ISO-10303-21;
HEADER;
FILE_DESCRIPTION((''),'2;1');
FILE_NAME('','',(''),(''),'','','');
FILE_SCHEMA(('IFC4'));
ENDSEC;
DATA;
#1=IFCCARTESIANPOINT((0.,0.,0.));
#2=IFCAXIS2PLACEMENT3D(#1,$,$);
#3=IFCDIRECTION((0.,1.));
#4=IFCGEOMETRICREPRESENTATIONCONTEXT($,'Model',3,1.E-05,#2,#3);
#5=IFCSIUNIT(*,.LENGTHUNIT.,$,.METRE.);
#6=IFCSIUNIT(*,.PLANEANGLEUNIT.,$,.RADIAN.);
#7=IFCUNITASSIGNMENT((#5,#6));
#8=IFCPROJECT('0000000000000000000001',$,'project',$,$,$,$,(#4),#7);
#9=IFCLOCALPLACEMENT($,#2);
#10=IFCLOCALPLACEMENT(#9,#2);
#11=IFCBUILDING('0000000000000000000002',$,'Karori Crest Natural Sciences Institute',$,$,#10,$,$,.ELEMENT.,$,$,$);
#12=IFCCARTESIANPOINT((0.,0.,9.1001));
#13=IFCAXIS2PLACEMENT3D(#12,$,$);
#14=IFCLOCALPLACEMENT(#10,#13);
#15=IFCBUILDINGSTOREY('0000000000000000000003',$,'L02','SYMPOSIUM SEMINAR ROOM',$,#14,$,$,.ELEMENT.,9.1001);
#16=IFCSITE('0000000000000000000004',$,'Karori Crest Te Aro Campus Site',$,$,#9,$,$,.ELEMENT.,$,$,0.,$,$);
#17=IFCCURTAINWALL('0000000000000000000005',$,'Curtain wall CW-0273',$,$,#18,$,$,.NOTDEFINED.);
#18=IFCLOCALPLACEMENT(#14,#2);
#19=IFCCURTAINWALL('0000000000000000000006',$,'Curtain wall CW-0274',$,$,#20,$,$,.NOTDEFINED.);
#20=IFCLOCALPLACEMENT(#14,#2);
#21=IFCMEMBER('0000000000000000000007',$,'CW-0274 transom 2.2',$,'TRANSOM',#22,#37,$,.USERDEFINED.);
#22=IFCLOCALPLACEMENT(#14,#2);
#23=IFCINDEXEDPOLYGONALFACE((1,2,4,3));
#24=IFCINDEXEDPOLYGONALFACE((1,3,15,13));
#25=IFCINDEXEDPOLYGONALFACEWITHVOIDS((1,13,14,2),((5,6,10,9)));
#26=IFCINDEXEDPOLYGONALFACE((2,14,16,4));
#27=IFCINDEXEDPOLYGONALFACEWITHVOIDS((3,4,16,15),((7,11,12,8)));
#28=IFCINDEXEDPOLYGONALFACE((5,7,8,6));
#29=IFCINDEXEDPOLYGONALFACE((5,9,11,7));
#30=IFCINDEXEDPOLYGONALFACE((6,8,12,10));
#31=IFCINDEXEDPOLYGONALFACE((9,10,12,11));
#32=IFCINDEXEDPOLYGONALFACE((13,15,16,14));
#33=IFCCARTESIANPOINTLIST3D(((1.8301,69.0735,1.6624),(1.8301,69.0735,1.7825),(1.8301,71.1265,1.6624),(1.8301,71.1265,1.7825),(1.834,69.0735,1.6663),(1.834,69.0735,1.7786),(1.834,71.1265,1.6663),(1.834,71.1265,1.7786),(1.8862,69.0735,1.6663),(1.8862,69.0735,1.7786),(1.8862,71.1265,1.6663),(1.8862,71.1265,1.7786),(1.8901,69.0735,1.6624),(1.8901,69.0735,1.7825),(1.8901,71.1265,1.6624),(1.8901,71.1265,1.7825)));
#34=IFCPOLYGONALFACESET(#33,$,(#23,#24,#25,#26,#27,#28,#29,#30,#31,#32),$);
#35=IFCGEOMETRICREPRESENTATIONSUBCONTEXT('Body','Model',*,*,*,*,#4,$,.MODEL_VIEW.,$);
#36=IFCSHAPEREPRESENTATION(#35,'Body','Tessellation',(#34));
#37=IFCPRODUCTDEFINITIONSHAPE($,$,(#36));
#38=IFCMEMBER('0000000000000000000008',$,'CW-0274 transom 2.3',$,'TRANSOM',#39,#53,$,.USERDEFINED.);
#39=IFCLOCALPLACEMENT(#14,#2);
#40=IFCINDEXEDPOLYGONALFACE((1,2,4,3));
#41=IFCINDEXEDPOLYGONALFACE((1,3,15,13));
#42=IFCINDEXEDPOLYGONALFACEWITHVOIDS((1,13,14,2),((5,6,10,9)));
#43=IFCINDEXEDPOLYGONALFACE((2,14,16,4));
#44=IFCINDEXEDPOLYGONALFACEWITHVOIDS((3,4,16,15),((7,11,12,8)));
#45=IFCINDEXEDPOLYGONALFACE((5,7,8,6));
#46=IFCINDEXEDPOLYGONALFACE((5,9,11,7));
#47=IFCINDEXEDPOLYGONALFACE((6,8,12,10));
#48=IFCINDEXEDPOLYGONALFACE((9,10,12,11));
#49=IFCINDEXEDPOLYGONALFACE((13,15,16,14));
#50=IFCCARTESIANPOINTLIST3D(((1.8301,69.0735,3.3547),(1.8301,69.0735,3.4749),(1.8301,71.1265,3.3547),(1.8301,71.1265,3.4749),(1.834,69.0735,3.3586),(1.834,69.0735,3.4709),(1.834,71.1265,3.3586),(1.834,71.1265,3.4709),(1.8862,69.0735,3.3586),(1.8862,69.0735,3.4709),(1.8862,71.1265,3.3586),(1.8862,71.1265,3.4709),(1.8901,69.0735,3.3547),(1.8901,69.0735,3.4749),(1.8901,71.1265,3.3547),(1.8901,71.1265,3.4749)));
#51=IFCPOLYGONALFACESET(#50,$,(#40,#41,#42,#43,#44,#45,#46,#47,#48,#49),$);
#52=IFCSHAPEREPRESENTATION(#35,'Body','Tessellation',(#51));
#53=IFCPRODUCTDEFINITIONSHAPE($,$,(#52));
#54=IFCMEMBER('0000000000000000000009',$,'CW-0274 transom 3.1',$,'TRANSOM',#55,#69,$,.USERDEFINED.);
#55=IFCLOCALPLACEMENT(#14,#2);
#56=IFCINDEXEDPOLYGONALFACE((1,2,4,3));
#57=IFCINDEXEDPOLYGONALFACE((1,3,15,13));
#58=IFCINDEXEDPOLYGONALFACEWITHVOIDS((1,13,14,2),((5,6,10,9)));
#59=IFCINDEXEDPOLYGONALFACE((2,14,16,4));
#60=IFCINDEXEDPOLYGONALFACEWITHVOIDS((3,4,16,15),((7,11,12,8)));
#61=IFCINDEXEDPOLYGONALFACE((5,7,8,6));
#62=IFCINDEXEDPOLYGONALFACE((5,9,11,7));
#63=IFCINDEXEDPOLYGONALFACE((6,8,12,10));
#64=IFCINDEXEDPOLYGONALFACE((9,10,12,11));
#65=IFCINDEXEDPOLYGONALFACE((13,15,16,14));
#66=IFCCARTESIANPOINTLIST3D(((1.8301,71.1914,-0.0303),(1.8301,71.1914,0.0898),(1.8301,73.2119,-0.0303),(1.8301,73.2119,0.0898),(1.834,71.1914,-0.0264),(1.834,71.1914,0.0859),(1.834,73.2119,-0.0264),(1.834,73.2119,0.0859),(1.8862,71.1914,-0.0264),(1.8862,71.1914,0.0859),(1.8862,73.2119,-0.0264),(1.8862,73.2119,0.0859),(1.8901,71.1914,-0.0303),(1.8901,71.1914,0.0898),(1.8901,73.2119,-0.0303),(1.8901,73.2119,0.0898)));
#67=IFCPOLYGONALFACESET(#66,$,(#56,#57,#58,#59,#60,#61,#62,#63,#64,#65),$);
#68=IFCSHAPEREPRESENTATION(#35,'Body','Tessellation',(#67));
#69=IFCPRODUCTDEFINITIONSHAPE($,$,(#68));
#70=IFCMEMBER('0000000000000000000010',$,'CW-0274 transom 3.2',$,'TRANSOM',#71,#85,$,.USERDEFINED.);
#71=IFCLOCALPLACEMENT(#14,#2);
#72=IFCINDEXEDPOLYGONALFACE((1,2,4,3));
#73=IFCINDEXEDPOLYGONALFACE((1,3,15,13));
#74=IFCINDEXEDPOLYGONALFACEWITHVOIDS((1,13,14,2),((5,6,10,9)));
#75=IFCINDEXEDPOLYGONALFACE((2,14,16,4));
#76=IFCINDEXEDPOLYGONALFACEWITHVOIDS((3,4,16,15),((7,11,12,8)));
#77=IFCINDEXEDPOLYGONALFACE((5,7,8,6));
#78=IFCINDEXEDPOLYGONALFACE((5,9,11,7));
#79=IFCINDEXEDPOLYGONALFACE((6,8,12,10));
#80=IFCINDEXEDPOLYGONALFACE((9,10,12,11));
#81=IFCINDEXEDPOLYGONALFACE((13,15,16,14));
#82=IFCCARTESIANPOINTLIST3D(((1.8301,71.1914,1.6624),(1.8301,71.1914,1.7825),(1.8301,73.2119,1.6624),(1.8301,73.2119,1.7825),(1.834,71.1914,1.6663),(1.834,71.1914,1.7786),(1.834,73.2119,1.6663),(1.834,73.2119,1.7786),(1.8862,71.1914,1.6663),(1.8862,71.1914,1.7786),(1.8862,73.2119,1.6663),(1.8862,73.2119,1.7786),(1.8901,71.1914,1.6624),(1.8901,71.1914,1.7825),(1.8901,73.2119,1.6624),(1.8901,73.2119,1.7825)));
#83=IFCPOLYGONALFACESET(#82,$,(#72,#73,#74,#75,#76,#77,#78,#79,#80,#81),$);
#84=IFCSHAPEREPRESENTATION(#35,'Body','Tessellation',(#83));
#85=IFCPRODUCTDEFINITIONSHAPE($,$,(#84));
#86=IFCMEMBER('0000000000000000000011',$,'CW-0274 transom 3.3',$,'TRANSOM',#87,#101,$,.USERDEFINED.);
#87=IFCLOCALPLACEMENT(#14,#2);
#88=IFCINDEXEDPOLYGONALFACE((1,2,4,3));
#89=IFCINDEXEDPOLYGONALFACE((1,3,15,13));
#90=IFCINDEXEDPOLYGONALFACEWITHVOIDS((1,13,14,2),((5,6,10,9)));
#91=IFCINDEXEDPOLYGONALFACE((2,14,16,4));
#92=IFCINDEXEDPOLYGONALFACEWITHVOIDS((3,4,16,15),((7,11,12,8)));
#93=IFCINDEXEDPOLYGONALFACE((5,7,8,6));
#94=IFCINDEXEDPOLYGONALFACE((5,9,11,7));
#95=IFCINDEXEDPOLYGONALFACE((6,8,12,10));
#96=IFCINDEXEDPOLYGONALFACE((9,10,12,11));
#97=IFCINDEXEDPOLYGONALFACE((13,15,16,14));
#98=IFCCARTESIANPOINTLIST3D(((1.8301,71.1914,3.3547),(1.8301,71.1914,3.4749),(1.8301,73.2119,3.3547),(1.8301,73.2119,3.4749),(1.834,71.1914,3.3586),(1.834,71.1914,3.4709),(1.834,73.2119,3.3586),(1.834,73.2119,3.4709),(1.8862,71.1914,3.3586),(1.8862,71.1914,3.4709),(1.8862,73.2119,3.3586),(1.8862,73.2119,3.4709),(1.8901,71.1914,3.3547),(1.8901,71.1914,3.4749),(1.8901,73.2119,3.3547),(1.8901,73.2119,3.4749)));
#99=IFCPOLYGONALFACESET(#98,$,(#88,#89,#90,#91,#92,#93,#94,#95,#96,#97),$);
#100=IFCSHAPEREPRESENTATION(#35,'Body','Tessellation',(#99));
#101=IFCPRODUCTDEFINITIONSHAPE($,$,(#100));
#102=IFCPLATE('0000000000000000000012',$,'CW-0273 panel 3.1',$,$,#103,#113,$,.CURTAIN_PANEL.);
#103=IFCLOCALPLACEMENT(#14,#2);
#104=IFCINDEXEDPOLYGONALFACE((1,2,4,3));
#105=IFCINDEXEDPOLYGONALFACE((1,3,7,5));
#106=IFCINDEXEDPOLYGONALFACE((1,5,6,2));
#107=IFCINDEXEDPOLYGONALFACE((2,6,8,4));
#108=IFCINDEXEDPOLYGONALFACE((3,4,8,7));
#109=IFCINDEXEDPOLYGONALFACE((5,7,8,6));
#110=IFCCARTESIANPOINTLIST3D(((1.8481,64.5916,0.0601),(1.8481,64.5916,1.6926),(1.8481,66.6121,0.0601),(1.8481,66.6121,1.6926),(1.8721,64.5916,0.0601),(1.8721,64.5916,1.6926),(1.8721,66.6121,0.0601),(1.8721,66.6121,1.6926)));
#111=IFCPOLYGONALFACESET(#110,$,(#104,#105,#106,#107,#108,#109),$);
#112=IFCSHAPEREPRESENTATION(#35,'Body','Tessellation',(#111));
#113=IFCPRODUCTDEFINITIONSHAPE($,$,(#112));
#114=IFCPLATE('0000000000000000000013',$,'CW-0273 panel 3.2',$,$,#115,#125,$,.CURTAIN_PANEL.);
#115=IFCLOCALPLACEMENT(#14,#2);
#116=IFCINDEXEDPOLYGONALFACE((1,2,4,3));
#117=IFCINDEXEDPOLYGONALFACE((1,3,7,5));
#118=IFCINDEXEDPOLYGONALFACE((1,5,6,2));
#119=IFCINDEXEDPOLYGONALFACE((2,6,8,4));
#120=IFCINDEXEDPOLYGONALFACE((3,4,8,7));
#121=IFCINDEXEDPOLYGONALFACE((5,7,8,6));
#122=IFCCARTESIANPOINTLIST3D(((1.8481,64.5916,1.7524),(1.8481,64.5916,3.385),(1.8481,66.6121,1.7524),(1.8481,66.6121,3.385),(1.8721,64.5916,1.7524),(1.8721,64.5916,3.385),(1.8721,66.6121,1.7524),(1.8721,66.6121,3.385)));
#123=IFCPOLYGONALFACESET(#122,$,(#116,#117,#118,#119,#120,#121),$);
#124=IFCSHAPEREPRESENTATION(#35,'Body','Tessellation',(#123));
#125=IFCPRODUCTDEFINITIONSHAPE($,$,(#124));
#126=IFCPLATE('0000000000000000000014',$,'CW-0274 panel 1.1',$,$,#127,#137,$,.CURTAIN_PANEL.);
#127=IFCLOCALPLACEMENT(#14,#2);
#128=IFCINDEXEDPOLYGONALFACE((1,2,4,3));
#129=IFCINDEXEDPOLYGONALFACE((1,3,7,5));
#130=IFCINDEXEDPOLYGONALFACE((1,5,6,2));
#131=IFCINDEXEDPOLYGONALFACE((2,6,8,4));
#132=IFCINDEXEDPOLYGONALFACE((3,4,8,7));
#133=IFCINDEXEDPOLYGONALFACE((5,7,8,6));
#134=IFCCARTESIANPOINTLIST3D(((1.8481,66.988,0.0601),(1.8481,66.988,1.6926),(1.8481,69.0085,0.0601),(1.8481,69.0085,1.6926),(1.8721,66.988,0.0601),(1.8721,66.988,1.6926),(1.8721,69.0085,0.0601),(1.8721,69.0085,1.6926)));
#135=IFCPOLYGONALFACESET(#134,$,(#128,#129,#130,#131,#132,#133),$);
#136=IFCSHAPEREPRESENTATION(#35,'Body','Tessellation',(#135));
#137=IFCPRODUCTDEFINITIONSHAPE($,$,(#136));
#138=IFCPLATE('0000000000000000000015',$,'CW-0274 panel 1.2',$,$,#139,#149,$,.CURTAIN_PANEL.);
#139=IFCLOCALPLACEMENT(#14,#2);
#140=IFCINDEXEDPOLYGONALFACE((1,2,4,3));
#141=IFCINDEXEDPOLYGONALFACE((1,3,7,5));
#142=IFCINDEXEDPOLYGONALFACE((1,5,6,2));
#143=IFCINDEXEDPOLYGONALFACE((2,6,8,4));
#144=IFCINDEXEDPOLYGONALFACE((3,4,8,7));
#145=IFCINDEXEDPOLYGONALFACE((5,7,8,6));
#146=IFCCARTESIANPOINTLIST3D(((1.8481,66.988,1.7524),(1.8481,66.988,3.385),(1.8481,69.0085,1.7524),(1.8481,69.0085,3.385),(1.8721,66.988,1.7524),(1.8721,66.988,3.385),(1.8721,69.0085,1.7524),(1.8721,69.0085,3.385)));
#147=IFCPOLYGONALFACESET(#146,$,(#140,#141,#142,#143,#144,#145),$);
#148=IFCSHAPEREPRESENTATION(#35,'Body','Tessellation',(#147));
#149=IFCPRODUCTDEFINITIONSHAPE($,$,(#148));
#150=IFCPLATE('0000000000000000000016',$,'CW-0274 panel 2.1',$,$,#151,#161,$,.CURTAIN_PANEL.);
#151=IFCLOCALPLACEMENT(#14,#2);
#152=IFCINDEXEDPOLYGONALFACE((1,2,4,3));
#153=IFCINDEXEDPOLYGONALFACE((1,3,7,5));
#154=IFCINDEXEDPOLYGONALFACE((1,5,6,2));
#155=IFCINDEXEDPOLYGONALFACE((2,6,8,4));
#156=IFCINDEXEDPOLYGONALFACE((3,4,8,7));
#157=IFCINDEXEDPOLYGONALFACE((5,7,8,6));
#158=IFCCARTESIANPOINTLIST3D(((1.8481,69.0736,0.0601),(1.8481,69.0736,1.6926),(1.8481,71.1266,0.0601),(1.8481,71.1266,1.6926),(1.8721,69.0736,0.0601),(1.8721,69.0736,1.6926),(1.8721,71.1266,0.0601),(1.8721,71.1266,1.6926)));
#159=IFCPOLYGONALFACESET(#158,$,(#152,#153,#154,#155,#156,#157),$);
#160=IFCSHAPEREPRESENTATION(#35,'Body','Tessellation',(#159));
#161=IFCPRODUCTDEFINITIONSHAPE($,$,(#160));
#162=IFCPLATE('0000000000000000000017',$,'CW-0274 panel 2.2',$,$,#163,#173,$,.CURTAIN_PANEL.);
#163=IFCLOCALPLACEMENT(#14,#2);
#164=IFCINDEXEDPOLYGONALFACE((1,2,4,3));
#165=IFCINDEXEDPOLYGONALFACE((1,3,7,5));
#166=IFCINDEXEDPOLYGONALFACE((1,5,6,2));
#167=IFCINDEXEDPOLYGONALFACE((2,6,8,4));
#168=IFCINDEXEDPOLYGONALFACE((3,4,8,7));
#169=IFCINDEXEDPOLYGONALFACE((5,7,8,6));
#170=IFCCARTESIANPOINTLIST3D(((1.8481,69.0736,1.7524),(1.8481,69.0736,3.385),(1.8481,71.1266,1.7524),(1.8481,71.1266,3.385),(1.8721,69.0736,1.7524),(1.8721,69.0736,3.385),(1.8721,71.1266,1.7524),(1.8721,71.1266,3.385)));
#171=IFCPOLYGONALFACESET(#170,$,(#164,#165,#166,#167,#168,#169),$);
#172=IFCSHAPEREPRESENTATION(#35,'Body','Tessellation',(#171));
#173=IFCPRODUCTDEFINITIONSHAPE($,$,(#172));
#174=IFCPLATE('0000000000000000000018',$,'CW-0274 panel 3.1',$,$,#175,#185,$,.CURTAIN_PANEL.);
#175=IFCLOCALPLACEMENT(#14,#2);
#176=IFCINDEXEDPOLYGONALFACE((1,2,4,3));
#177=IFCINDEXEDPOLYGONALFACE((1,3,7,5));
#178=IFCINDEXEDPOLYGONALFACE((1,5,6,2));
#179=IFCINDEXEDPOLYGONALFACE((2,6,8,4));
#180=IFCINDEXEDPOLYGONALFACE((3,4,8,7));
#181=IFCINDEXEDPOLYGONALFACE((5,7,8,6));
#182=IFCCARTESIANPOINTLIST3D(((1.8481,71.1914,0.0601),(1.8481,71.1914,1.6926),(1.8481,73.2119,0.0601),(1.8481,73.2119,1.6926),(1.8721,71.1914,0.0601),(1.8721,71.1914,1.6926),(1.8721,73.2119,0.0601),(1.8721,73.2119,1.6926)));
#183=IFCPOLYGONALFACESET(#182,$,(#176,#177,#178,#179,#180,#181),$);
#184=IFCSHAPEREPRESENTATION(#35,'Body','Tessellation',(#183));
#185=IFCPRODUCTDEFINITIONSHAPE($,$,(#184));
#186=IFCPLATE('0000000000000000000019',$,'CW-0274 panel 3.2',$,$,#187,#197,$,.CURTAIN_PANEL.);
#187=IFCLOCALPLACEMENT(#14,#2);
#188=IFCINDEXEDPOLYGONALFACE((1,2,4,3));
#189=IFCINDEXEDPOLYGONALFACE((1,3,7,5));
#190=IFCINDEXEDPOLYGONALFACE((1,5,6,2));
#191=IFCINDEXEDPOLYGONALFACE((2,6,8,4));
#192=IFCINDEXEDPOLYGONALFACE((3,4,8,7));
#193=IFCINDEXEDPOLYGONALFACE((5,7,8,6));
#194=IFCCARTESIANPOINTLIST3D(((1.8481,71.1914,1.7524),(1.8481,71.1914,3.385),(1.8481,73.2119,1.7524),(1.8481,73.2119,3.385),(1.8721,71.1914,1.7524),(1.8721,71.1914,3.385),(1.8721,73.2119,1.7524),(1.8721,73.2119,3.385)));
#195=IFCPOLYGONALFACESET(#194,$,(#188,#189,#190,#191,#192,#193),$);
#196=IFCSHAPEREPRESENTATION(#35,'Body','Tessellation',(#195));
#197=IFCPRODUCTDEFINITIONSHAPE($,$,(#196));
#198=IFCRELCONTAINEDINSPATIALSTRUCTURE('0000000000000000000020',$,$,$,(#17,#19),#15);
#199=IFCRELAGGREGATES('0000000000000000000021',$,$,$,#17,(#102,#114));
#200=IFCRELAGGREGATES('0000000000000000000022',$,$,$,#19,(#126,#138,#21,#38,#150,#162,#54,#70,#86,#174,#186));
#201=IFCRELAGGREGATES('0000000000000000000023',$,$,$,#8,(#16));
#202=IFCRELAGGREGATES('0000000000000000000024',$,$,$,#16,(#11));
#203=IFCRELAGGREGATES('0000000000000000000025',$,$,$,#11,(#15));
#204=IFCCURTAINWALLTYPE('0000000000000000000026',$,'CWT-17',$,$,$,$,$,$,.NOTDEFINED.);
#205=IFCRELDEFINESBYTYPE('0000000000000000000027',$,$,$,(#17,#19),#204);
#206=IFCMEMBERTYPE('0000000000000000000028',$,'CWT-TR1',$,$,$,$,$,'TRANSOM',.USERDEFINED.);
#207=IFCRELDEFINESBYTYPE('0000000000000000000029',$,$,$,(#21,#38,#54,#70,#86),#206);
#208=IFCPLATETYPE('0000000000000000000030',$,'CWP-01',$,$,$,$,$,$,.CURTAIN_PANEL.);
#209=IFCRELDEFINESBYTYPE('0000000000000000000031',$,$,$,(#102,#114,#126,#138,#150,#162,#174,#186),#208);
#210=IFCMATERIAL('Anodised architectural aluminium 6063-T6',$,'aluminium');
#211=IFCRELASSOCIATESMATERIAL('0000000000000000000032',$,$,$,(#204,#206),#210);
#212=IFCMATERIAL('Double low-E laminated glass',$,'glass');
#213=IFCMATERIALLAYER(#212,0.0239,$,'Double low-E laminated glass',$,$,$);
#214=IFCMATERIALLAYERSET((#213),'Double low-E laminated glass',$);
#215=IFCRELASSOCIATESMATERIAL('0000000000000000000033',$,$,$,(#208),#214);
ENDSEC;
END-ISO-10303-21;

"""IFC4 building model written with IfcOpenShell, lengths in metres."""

from ifc_helpers import new_model, si_unit, direction, frame, origin, origin_2d, place, context, subcontext, project, spatial, rectangle, hollow_rectangle, extrude, material, layer, layer_set, material_profile, profile_set, type_object, element, aggregate, save


model = new_model("IFC4")

# Units and contexts
model_context = context("Model", 3, precision=1e-05, world=origin(), true_north=direction((0.0, 1.0)))
body_context = subcontext(model_context, "Body", "Model", "MODEL_VIEW")
ifc_project = project(units=[si_unit("LENGTHUNIT", "METRE"), si_unit("PLANEANGLEUNIT", "RADIAN")], contexts=[model_context])

# Site, building, storey
site_placement = place(None, origin())
site = spatial("IfcSite", under=ifc_project, at=site_placement, Name="Karori Crest Te Aro Campus Site", CompositionType="ELEMENT", RefElevation=0.0)
building_placement = place(site_placement, origin())
building = spatial("IfcBuilding", under=site, at=building_placement, Name="Karori Crest Natural Sciences Institute", CompositionType="ELEMENT")
storey_placement = place(building_placement, frame((0.0, 0.0, 9.1001)))
storey = spatial("IfcBuildingStorey", under=building, at=storey_placement, Name="L02", Description="SYMPOSIUM SEMINAR ROOM", CompositionType="ELEMENT", Elevation=9.1001)

# Curtain walls
ifc_material_1 = material(Name="Anodised architectural aluminium 6063-T6", Category="aluminium")
curtain_wall_type = type_object("IfcCurtainWallType", Name="CWT-17", PredefinedType="NOTDEFINED", material=ifc_material_1)
curtain_wall_1_placement = place(storey_placement, origin())
curtain_wall_1 = element("IfcCurtainWall", 1, at=curtain_wall_1_placement, inside=storey, type_object=curtain_wall_type, Name="Curtain wall CW-0273", PredefinedType="NOTDEFINED")
curtain_wall_2_placement = place(storey_placement, origin())
curtain_wall_2 = element("IfcCurtainWall", 2, at=curtain_wall_2_placement, inside=storey, type_object=curtain_wall_type, Name="Curtain wall CW-0274", PredefinedType="NOTDEFINED")

# Members
ifc_material_profile_1 = material_profile(ifc_material_1, hollow_rectangle(XDim=0.0601, YDim=0.1201, WallThickness=0.0039, at=origin_2d()), Name="CWT120x60x4")
ifc_profile_set_1 = profile_set([ifc_material_profile_1], Name="Anodised architectural aluminium 6063-T6")
member_type_1 = type_object("IfcMemberType", Name="CWT-TR1", ElementType="TRANSOM", PredefinedType="USERDEFINED", material=ifc_profile_set_1)
member_1_placement = place(storey_placement, frame((1.8601, 69.0735, 1.7224), z_axis=(0.0, 1.0, 0.0), x_axis=(-1.0, 0.0, 0.0)))
member_1 = element("IfcMember", 3, at=member_1_placement, type_object=member_type_1, Name="CW-0274 transom 2.2", ObjectType="TRANSOM", PredefinedType="USERDEFINED", context=body_context, shape_type="SweptSolid", body=[
    extrude(hollow_rectangle(XDim=0.0601, YDim=0.1201, WallThickness=0.0039, at=origin_2d()), origin(), (0.0, 0.0, 1.0), 2.053),
])
member_2_placement = place(storey_placement, frame((1.8601, 69.0735, 3.4148), z_axis=(0.0, 1.0, 0.0), x_axis=(-1.0, 0.0, 0.0)))
member_2 = element("IfcMember", 4, at=member_2_placement, type_object=member_type_1, Name="CW-0274 transom 2.3", ObjectType="TRANSOM", PredefinedType="USERDEFINED", context=body_context, shape_type="SweptSolid", body=[
    extrude(hollow_rectangle(XDim=0.0601, YDim=0.1201, WallThickness=0.0039, at=origin_2d()), origin(), (0.0, 0.0, 1.0), 2.053),
])
member_3_placement = place(storey_placement, frame((1.8601, 71.1914, 0.0298), z_axis=(0.0, 1.0, 0.0), x_axis=(-1.0, 0.0, 0.0)))
member_3 = element("IfcMember", 5, at=member_3_placement, type_object=member_type_1, Name="CW-0274 transom 3.1", ObjectType="TRANSOM", PredefinedType="USERDEFINED", context=body_context, shape_type="SweptSolid", body=[
    extrude(hollow_rectangle(XDim=0.0601, YDim=0.1201, WallThickness=0.0039, at=origin_2d()), origin(), (0.0, 0.0, 1.0), 2.0205),
])
member_4_placement = place(storey_placement, frame((1.8601, 71.1914, 1.7224), z_axis=(0.0, 1.0, 0.0), x_axis=(-1.0, 0.0, 0.0)))
member_4 = element("IfcMember", 6, at=member_4_placement, type_object=member_type_1, Name="CW-0274 transom 3.2", ObjectType="TRANSOM", PredefinedType="USERDEFINED", context=body_context, shape_type="SweptSolid", body=[
    extrude(hollow_rectangle(XDim=0.0601, YDim=0.1201, WallThickness=0.0039, at=origin_2d()), origin(), (0.0, 0.0, 1.0), 2.0205),
])
member_5_placement = place(storey_placement, frame((1.8601, 71.1914, 3.4148), z_axis=(0.0, 1.0, 0.0), x_axis=(-1.0, 0.0, 0.0)))
member_5 = element("IfcMember", 7, at=member_5_placement, type_object=member_type_1, Name="CW-0274 transom 3.3", ObjectType="TRANSOM", PredefinedType="USERDEFINED", context=body_context, shape_type="SweptSolid", body=[
    extrude(hollow_rectangle(XDim=0.0601, YDim=0.1201, WallThickness=0.0039, at=origin_2d()), origin(), (0.0, 0.0, 1.0), 2.0205),
])

# Plates
ifc_material_2 = material(Name="Double low-E laminated glass", Category="glass")
ifc_layer_1 = layer(ifc_material_2, 0.0239, Name="Double low-E laminated glass")
ifc_layer_set_1 = layer_set([ifc_layer_1], Name="Double low-E laminated glass")
plate_type = type_object("IfcPlateType", Name="CWP-01", PredefinedType="CURTAIN_PANEL", material=ifc_layer_set_1)
plate_1_placement = place(storey_placement, frame((1.8601, 65.6018, 0.0601), z_axis=(0.0, 0.0, 1.0), x_axis=(0.0, 1.0, 0.0)))
plate_1 = element("IfcPlate", 8, at=plate_1_placement, type_object=plate_type, Name="CW-0273 panel 3.1", PredefinedType="CURTAIN_PANEL", context=body_context, shape_type="SweptSolid", body=[
    extrude(rectangle(XDim=2.0205, YDim=0.0239, at=origin_2d()), origin(), (0.0, 0.0, 1.0), 1.6326),
])
plate_2_placement = place(storey_placement, frame((1.8601, 65.6018, 1.7524), z_axis=(0.0, 0.0, 1.0), x_axis=(0.0, 1.0, 0.0)))
plate_2 = element("IfcPlate", 9, at=plate_2_placement, type_object=plate_type, Name="CW-0273 panel 3.2", PredefinedType="CURTAIN_PANEL", context=body_context, shape_type="SweptSolid", body=[
    extrude(rectangle(XDim=2.0205, YDim=0.0239, at=origin_2d()), origin(), (0.0, 0.0, 1.0), 1.6326),
])
aggregate(curtain_wall_1, [plate_1, plate_2])
plate_3_placement = place(storey_placement, frame((1.8601, 67.9983, 0.0601), z_axis=(0.0, 0.0, 1.0), x_axis=(0.0, 1.0, 0.0)))
plate_3 = element("IfcPlate", 10, at=plate_3_placement, type_object=plate_type, Name="CW-0274 panel 1.1", PredefinedType="CURTAIN_PANEL", context=body_context, shape_type="SweptSolid", body=[
    extrude(rectangle(XDim=2.0205, YDim=0.0239, at=origin_2d()), origin(), (0.0, 0.0, 1.0), 1.6326),
])
plate_4_placement = place(storey_placement, frame((1.8601, 67.9983, 1.7524), z_axis=(0.0, 0.0, 1.0), x_axis=(0.0, 1.0, 0.0)))
plate_4 = element("IfcPlate", 11, at=plate_4_placement, type_object=plate_type, Name="CW-0274 panel 1.2", PredefinedType="CURTAIN_PANEL", context=body_context, shape_type="SweptSolid", body=[
    extrude(rectangle(XDim=2.0205, YDim=0.0239, at=origin_2d()), origin(), (0.0, 0.0, 1.0), 1.6326),
])
plate_5_placement = place(storey_placement, frame((1.8601, 70.1001, 0.0601), z_axis=(0.0, 0.0, 1.0), x_axis=(0.0, 1.0, 0.0)))
plate_5 = element("IfcPlate", 12, at=plate_5_placement, type_object=plate_type, Name="CW-0274 panel 2.1", PredefinedType="CURTAIN_PANEL", context=body_context, shape_type="SweptSolid", body=[
    extrude(rectangle(XDim=2.053, YDim=0.0239, at=origin_2d()), origin(), (0.0, 0.0, 1.0), 1.6326),
])
plate_6_placement = place(storey_placement, frame((1.8601, 70.1001, 1.7524), z_axis=(0.0, 0.0, 1.0), x_axis=(0.0, 1.0, 0.0)))
plate_6 = element("IfcPlate", 13, at=plate_6_placement, type_object=plate_type, Name="CW-0274 panel 2.2", PredefinedType="CURTAIN_PANEL", context=body_context, shape_type="SweptSolid", body=[
    extrude(rectangle(XDim=2.053, YDim=0.0239, at=origin_2d()), origin(), (0.0, 0.0, 1.0), 1.6326),
])
plate_7_placement = place(storey_placement, frame((1.8601, 72.2017, 0.0601), z_axis=(0.0, 0.0, 1.0), x_axis=(0.0, 1.0, 0.0)))
plate_7 = element("IfcPlate", 14, at=plate_7_placement, type_object=plate_type, Name="CW-0274 panel 3.1", PredefinedType="CURTAIN_PANEL", context=body_context, shape_type="SweptSolid", body=[
    extrude(rectangle(XDim=2.0205, YDim=0.0239, at=origin_2d()), origin(), (0.0, 0.0, 1.0), 1.6326),
])
plate_8_placement = place(storey_placement, frame((1.8601, 72.2017, 1.7524), z_axis=(0.0, 0.0, 1.0), x_axis=(0.0, 1.0, 0.0)))
plate_8 = element("IfcPlate", 15, at=plate_8_placement, type_object=plate_type, Name="CW-0274 panel 3.2", PredefinedType="CURTAIN_PANEL", context=body_context, shape_type="SweptSolid", body=[
    extrude(rectangle(XDim=2.0205, YDim=0.0239, at=origin_2d()), origin(), (0.0, 0.0, 1.0), 1.6326),
])
aggregate(curtain_wall_2, [plate_3, plate_4, member_1, member_2, plate_5, plate_6, member_3, member_4, member_5, plate_7, plate_8])

save(model, "model.ifc")
